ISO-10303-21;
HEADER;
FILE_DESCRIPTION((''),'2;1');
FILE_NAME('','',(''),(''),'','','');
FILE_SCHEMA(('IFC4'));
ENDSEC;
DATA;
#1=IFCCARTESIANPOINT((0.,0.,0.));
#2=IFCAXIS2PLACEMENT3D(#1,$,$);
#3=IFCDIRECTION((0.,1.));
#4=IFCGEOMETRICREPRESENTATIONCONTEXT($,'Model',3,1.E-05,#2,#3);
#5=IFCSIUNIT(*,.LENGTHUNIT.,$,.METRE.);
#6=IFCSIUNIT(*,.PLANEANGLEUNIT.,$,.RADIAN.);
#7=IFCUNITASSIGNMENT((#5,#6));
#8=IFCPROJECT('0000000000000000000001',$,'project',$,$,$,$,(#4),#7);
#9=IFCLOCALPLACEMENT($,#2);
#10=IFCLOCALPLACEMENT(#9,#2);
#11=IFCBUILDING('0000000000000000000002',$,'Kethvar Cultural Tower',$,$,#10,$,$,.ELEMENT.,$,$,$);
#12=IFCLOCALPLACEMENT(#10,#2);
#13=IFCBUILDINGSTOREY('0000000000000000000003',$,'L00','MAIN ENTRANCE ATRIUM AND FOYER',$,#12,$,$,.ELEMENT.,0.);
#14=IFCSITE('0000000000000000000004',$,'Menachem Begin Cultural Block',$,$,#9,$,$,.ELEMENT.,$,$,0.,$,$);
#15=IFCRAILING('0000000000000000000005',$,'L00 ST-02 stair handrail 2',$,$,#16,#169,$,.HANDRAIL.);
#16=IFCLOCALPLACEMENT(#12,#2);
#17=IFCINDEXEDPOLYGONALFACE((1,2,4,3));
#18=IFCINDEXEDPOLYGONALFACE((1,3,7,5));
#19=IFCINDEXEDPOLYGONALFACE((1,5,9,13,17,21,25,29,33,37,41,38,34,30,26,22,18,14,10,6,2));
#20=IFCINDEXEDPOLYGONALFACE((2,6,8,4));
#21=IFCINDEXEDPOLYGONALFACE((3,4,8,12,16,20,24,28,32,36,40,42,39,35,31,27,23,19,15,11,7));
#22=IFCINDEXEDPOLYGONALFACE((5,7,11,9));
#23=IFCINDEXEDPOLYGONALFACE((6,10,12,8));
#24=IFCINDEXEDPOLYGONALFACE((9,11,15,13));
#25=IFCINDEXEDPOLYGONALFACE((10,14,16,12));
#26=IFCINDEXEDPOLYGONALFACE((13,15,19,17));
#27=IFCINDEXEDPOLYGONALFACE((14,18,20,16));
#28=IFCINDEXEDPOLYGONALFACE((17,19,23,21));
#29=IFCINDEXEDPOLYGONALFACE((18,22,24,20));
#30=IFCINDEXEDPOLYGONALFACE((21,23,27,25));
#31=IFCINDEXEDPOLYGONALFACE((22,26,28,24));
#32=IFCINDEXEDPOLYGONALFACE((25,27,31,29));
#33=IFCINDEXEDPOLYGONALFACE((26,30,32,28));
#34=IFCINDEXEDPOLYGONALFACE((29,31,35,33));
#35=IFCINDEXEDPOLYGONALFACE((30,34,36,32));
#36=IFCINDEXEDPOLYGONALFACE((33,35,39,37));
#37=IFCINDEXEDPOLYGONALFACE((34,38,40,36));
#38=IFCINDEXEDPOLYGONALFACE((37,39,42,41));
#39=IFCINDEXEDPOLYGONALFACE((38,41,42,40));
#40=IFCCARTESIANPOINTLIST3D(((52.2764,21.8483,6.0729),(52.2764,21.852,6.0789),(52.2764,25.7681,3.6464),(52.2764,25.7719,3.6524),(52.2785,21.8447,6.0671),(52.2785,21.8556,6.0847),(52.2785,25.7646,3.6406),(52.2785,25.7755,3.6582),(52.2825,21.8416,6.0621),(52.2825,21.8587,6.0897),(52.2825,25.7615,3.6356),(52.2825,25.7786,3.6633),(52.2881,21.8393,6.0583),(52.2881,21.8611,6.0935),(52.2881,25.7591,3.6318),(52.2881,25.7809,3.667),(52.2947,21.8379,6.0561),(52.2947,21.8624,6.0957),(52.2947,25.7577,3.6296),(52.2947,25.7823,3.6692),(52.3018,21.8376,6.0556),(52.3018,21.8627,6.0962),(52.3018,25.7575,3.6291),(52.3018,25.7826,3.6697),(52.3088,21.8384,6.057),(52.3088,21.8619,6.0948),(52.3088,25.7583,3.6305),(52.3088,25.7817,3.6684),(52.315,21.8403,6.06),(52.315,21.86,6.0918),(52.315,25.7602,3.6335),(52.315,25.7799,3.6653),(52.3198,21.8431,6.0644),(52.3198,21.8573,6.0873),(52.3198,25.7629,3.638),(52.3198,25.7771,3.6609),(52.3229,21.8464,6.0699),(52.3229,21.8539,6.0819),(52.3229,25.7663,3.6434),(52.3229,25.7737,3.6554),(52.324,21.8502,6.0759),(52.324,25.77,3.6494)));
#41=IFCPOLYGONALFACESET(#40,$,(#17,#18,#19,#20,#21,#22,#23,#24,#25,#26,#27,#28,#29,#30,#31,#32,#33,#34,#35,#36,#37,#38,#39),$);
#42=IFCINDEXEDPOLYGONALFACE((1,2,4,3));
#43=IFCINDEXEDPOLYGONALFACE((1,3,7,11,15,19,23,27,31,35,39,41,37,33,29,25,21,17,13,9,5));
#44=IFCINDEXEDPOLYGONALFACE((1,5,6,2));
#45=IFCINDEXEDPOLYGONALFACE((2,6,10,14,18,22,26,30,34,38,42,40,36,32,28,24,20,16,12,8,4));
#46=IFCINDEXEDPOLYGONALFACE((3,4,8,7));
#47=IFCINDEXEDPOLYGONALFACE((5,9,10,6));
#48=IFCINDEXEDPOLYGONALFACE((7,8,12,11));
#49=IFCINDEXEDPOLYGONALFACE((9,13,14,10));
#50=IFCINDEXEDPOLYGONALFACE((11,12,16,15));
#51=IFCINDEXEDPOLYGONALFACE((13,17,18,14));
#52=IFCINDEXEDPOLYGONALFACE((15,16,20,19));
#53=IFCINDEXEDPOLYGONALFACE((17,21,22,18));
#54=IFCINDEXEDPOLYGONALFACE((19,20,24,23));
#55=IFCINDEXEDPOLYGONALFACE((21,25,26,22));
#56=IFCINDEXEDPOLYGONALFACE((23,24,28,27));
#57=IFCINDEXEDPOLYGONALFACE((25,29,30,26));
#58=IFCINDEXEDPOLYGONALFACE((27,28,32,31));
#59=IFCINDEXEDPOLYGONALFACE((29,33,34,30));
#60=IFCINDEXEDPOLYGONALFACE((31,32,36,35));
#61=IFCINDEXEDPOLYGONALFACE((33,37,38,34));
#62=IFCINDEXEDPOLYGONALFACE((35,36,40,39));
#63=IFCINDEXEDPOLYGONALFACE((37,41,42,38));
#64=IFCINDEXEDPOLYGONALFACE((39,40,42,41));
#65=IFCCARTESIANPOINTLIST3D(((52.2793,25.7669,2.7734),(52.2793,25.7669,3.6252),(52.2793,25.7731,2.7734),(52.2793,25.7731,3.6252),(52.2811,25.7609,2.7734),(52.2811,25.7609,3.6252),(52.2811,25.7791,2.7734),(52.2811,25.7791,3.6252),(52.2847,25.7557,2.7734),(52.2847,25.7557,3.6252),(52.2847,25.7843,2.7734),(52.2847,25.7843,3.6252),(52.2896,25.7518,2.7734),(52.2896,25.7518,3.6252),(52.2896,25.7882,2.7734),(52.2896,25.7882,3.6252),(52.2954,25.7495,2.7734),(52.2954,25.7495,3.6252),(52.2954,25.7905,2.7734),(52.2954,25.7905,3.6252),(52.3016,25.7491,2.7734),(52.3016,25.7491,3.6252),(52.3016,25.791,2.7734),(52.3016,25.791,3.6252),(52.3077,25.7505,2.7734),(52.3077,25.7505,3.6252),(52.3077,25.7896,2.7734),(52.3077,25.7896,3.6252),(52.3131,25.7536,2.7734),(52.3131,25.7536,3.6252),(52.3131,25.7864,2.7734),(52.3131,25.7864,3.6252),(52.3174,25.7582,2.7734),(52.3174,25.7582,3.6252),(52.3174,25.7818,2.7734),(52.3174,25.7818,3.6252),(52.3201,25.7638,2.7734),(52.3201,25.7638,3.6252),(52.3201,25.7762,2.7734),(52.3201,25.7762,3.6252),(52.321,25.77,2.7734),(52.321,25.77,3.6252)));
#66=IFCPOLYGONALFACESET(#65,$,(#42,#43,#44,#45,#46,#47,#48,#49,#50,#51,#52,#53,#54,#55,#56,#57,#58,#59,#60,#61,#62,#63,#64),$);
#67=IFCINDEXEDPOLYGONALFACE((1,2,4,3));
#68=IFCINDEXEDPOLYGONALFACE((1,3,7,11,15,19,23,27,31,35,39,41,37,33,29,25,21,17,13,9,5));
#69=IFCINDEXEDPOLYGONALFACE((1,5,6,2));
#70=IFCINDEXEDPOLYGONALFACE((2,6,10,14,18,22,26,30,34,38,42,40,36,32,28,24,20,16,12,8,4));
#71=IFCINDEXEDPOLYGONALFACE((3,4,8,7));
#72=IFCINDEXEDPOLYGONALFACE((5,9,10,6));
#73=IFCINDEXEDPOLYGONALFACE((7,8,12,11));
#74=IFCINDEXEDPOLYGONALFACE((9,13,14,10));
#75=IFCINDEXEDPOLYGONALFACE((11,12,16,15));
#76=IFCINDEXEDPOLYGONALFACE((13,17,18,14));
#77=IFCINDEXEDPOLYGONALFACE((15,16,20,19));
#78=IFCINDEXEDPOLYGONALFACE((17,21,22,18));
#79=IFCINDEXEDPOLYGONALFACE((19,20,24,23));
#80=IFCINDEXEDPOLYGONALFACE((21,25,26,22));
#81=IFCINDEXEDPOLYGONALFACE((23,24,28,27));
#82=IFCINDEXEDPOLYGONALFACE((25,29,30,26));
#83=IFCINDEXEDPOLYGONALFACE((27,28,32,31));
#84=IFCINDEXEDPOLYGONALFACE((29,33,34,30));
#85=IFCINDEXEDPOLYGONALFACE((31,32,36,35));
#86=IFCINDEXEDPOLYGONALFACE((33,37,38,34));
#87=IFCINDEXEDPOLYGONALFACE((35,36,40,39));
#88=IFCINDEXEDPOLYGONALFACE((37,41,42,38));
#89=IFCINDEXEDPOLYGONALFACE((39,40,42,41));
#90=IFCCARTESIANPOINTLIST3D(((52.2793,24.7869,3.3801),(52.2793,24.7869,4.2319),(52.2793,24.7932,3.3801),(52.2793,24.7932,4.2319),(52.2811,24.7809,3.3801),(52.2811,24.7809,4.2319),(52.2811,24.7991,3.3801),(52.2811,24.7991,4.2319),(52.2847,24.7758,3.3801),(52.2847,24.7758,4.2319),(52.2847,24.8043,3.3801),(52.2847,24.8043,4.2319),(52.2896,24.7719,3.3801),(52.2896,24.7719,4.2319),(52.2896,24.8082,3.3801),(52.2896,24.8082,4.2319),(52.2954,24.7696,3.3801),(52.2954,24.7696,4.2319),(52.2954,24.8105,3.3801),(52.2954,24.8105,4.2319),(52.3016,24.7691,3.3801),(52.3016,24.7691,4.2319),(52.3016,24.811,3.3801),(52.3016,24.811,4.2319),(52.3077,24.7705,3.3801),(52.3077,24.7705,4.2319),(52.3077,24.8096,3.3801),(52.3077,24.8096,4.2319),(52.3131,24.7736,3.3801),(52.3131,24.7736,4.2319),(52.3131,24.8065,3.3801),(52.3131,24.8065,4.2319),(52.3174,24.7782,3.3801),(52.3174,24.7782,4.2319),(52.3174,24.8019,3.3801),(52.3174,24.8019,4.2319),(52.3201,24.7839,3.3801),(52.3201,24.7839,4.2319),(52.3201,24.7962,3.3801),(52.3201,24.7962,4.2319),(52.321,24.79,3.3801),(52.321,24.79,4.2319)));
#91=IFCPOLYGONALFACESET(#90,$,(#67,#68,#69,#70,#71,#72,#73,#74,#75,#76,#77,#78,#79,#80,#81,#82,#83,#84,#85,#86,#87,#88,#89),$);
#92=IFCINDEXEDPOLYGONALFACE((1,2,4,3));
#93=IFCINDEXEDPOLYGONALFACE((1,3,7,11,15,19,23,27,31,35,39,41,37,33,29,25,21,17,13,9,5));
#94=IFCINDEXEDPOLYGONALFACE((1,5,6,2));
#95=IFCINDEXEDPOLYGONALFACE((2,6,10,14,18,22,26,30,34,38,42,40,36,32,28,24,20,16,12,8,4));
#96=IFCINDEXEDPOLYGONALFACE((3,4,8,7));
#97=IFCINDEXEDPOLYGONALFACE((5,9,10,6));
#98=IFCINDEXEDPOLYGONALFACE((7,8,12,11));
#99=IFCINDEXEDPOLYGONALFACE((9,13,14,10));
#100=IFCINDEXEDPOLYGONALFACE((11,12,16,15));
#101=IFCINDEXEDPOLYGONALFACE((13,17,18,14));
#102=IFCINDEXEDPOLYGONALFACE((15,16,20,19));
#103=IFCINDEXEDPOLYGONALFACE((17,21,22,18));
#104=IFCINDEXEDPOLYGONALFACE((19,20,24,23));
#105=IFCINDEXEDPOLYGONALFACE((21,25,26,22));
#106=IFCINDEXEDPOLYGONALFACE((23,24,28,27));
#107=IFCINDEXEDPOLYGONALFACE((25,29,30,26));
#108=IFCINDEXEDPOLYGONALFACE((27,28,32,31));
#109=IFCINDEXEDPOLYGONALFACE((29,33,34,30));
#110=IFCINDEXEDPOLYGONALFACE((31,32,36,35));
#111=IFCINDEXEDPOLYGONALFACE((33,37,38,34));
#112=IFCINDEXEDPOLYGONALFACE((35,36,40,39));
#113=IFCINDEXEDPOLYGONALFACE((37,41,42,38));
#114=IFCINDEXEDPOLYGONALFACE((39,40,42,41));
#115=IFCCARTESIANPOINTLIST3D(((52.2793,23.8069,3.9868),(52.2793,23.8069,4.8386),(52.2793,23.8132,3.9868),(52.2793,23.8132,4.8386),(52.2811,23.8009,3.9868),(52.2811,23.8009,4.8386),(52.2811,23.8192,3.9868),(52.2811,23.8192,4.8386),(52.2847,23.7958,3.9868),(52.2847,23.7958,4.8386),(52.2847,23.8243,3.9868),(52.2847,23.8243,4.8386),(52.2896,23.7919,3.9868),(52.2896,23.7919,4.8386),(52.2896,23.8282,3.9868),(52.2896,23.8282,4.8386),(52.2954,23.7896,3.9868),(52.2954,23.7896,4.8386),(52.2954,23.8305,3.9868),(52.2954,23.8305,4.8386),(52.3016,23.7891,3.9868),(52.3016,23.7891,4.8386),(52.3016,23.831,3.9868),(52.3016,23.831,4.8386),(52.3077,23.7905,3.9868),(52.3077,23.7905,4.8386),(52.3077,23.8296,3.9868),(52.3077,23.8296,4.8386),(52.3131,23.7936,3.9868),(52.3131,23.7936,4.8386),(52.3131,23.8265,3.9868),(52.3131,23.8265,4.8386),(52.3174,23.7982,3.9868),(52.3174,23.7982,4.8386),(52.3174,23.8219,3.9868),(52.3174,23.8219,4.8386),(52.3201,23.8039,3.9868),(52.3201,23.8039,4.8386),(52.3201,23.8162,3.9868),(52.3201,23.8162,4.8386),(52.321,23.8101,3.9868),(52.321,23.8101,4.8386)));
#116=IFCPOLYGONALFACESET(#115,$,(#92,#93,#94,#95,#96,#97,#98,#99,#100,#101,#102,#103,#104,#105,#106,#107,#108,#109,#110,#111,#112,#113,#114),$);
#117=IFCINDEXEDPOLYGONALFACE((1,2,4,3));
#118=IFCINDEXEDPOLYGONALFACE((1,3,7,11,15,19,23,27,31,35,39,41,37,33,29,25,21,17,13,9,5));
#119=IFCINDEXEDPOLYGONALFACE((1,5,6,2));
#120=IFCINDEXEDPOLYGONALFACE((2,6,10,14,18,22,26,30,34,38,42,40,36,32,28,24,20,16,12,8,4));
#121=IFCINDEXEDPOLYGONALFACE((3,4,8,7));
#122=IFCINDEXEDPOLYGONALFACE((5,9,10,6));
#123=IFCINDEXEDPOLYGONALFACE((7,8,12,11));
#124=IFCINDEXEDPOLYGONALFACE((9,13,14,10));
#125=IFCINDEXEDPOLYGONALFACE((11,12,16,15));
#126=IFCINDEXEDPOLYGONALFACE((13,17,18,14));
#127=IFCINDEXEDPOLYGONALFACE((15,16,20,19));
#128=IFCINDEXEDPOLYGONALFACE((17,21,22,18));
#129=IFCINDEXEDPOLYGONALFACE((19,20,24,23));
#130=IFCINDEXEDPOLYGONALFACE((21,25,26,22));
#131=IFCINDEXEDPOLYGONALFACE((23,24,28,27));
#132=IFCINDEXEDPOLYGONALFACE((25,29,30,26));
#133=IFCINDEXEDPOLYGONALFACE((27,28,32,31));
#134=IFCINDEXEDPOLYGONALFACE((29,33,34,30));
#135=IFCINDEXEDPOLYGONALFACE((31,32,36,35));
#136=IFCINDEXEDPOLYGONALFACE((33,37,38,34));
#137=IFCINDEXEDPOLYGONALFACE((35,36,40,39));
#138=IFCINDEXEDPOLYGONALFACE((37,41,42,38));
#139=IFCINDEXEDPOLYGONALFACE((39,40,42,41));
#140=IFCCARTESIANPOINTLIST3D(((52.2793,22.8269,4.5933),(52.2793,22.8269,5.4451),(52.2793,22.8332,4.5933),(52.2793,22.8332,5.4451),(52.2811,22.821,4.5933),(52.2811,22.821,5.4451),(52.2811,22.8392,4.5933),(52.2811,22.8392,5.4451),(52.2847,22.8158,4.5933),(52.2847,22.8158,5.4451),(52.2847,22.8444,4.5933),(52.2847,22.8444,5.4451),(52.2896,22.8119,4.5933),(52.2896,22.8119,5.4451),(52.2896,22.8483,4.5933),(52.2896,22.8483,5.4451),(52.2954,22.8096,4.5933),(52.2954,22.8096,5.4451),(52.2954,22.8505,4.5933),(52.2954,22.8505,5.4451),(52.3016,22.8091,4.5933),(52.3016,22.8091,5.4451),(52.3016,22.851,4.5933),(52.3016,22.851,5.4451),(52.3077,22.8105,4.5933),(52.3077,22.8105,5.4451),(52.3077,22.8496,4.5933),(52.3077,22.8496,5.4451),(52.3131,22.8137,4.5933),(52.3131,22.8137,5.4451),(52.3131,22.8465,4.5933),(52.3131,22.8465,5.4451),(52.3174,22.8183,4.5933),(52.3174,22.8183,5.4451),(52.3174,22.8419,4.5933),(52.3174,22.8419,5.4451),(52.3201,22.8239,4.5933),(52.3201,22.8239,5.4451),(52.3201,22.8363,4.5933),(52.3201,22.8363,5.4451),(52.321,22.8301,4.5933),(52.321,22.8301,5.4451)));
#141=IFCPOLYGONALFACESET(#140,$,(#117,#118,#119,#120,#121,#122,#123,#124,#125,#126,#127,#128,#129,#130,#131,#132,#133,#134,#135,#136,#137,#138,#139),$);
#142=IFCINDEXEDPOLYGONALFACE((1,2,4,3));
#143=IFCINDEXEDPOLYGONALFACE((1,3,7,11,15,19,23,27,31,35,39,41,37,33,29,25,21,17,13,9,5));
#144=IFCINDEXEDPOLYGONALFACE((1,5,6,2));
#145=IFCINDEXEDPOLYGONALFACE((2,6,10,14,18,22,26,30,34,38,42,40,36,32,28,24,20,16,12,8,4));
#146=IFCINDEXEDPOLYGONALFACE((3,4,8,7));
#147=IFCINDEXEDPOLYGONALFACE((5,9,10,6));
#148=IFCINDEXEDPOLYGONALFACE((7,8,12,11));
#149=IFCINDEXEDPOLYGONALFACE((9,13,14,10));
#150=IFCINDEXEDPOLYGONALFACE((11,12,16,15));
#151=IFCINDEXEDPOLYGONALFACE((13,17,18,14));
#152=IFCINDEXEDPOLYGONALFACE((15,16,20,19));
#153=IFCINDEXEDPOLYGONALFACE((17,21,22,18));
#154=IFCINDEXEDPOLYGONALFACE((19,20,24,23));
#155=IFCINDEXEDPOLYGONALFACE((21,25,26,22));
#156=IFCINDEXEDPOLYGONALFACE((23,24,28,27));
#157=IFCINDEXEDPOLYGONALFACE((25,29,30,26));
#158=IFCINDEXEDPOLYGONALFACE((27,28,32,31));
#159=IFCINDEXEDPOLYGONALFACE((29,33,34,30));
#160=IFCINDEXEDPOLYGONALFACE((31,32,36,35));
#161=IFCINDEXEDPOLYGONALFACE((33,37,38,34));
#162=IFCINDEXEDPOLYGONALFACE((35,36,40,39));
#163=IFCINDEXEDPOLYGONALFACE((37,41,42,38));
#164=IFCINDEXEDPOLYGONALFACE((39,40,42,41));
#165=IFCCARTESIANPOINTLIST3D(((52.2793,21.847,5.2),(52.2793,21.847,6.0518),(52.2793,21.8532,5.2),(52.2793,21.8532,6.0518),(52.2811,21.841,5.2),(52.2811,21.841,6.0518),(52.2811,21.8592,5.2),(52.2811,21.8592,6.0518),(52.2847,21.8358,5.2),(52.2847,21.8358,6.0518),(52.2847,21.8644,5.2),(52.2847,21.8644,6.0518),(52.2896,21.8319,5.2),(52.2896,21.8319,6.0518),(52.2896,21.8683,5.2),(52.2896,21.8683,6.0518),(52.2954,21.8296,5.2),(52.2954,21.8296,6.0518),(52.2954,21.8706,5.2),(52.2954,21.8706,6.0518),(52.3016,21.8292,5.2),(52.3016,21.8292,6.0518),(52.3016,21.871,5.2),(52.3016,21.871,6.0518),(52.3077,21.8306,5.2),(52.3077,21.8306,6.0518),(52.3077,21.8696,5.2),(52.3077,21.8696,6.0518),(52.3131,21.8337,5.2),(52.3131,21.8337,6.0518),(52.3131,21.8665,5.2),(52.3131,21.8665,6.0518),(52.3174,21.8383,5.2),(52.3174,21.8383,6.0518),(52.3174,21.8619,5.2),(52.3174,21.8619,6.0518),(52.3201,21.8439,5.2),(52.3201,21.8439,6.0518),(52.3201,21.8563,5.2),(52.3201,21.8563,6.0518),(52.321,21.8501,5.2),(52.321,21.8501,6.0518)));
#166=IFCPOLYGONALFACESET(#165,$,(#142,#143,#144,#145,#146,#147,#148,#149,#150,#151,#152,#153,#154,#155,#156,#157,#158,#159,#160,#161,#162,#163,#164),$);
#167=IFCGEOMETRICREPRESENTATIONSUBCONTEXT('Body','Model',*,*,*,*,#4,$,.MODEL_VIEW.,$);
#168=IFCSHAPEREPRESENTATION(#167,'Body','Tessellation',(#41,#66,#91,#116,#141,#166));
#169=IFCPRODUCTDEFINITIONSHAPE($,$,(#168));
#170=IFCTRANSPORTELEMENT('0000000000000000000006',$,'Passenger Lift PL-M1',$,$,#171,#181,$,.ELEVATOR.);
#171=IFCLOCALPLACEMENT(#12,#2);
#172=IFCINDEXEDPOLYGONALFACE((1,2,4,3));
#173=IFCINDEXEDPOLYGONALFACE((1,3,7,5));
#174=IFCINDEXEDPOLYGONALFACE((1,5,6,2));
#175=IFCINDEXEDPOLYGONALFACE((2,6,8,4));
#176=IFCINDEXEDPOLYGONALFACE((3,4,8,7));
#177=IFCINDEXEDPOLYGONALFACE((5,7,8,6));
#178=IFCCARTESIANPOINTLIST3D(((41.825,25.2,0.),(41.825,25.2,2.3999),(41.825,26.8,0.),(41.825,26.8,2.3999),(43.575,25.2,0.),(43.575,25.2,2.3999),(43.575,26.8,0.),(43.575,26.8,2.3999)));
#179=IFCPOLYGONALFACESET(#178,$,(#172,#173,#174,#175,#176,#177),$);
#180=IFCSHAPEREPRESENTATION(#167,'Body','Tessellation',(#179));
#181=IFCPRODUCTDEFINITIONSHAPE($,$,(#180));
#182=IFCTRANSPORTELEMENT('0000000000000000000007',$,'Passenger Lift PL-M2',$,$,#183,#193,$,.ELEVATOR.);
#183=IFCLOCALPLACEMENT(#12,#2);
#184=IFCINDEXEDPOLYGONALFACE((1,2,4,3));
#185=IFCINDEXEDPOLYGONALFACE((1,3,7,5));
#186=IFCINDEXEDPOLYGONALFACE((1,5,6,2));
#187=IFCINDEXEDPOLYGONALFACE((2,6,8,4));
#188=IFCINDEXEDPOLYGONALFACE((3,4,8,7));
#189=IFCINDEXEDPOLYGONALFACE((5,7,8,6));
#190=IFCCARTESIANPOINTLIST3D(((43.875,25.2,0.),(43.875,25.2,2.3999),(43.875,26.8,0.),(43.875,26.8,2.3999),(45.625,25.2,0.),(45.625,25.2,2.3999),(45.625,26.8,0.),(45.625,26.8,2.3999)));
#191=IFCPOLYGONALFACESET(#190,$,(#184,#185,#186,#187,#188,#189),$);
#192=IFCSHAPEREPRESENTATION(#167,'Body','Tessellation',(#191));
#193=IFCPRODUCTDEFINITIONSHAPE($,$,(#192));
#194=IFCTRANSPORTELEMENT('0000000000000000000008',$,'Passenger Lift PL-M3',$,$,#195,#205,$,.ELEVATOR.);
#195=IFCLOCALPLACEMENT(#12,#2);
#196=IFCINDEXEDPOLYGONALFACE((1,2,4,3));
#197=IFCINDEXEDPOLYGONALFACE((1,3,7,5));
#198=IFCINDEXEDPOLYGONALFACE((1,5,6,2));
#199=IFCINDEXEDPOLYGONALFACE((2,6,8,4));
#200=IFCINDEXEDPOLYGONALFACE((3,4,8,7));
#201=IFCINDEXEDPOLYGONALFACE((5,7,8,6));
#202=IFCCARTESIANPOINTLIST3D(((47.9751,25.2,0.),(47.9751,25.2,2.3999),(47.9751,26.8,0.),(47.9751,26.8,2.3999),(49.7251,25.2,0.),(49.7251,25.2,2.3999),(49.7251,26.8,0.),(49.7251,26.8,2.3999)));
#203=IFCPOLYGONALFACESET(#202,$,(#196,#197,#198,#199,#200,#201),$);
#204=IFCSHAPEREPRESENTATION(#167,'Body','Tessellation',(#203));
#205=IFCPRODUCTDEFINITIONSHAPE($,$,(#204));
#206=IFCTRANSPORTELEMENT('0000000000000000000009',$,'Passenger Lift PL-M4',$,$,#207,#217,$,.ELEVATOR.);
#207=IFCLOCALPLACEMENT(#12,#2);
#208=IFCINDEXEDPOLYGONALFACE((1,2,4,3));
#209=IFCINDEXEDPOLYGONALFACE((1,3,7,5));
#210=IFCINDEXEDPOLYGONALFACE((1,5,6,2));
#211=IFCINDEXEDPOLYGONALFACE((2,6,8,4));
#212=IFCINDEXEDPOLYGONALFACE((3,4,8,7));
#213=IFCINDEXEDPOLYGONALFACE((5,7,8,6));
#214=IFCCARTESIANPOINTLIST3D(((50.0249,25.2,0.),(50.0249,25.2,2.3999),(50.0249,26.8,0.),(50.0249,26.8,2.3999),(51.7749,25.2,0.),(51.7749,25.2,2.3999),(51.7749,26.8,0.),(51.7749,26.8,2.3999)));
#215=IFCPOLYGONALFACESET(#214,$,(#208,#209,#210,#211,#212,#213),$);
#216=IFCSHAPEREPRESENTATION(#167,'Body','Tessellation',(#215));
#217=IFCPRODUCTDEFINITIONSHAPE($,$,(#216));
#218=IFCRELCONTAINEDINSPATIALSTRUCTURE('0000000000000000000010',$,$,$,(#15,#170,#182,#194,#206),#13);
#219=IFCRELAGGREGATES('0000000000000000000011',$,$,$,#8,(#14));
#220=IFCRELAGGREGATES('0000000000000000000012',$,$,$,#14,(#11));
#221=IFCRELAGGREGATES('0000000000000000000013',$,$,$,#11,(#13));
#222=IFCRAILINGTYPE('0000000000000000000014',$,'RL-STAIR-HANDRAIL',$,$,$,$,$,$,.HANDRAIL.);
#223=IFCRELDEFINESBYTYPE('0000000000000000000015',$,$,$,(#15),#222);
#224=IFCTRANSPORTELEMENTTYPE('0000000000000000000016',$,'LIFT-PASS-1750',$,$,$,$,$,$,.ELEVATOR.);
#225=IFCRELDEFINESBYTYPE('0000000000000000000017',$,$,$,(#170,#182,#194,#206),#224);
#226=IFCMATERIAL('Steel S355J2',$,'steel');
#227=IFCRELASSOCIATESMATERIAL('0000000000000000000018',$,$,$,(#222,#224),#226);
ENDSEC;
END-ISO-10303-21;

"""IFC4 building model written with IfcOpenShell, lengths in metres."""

from ifc_helpers import new_model, si_unit, direction, frame, origin, origin_2d, place, context, subcontext, project, spatial, rectangle, circle, extrude, source, transform, mapped, material, type_object, element, save


model = new_model("IFC4")

# Units and contexts
model_context = context("Model", 3, precision=1e-05, world=origin(), true_north=direction((0.0, 1.0)))
body_context = subcontext(model_context, "Body", "Model", "MODEL_VIEW")
ifc_project = project(units=[si_unit("LENGTHUNIT", "METRE"), si_unit("PLANEANGLEUNIT", "RADIAN")], contexts=[model_context])

# Site, building, storey
site_placement = place(None, origin())
site = spatial("IfcSite", under=ifc_project, at=site_placement, Name="Menachem Begin Cultural Block", CompositionType="ELEMENT", RefElevation=0.0)
building_placement = place(site_placement, origin())
building = spatial("IfcBuilding", under=site, at=building_placement, Name="Kethvar Cultural Tower", CompositionType="ELEMENT")
storey_placement = place(building_placement, origin())
storey = spatial("IfcBuildingStorey", under=building, at=storey_placement, Name="L00", Description="MAIN ENTRANCE ATRIUM AND FOYER", CompositionType="ELEMENT", Elevation=0.0)

# Shared definitions
ifc_material_1 = material(Name="Steel S355J2", Category="steel")

# Railing
railing_type_1 = type_object("IfcRailingType", Name="RL-STAIR-HANDRAIL", PredefinedType="HANDRAIL", material=ifc_material_1)
railing_1_placement = place(storey_placement, frame((52.3, 25.77, 2.7734)))
element("IfcRailing", 1, at=railing_1_placement, inside=storey, type_object=railing_type_1, Name="L00 ST-02 stair handrail 2", PredefinedType="HANDRAIL", context=body_context, shape_type="SweptSolid", body=[
    extrude(circle(Radius=0.0239, at=origin_2d()), frame((0.0, 0.0, 0.876), z_axis=(0.0, -0.850275, 0.526338), x_axis=(1.0, 0.0, 0.0)), (0.0, 0.0, 1.0), 4.6101),
    extrude(circle(Radius=0.021, at=origin_2d()), origin(), (0.0, 0.0, 1.0), 0.8518),
    extrude(circle(Radius=0.021, at=origin_2d()), frame((0.0, -0.98, 0.6067)), (0.0, 0.0, 1.0), 0.8518),
    extrude(circle(Radius=0.021, at=origin_2d()), frame((0.0, -1.96, 1.2134)), (0.0, 0.0, 1.0), 0.8518),
    extrude(circle(Radius=0.021, at=origin_2d()), frame((0.0, -2.9399, 1.8198)), (0.0, 0.0, 1.0), 0.8518),
    extrude(circle(Radius=0.021, at=origin_2d()), frame((0.0, -3.9199, 2.4265)), (0.0, 0.0, 1.0), 0.8518),
])

# Transport elements
transport_element_type = type_object("IfcTransportElementType", Name="LIFT-PASS-1750", PredefinedType="ELEVATOR", material=ifc_material_1)
shared_shape_1 = source(origin(), body_context, "Body", "SweptSolid", [
    extrude(rectangle(XDim=1.75, YDim=1.6001, at=origin_2d()), origin(), (0.0, 0.0, 1.0), 2.3999),
])
for number, where, z_axis, x_axis, name in (
    (2, (42.7, 26.0, 0.0), (0.0, 0.0, 1.0), (1.0, 0.0, 0.0), "Passenger Lift PL-M1"),
    (3, (44.75, 26.0, 0.0), (0.0, 0.0, 1.0), (1.0, 0.0, 0.0), "Passenger Lift PL-M2"),
    (4, (48.8501, 26.0, 0.0), (0.0, 0.0, 1.0), (1.0, 0.0, 0.0), "Passenger Lift PL-M3"),
    (5, (50.8999, 26.0, 0.0), (0.0, 0.0, 1.0), (1.0, 0.0, 0.0), "Passenger Lift PL-M4"),
):
    element("IfcTransportElement", number, at=place(storey_placement, frame(where, z_axis=z_axis, x_axis=x_axis)), inside=storey, type_object=transport_element_type, Name=name, PredefinedType="ELEVATOR", context=body_context, shape_type="MappedRepresentation", body=[
        mapped(shared_shape_1, transform((0.0, 0.0, 0.0), scale=1.0)),
    ])

save(model, "model.ifc")
